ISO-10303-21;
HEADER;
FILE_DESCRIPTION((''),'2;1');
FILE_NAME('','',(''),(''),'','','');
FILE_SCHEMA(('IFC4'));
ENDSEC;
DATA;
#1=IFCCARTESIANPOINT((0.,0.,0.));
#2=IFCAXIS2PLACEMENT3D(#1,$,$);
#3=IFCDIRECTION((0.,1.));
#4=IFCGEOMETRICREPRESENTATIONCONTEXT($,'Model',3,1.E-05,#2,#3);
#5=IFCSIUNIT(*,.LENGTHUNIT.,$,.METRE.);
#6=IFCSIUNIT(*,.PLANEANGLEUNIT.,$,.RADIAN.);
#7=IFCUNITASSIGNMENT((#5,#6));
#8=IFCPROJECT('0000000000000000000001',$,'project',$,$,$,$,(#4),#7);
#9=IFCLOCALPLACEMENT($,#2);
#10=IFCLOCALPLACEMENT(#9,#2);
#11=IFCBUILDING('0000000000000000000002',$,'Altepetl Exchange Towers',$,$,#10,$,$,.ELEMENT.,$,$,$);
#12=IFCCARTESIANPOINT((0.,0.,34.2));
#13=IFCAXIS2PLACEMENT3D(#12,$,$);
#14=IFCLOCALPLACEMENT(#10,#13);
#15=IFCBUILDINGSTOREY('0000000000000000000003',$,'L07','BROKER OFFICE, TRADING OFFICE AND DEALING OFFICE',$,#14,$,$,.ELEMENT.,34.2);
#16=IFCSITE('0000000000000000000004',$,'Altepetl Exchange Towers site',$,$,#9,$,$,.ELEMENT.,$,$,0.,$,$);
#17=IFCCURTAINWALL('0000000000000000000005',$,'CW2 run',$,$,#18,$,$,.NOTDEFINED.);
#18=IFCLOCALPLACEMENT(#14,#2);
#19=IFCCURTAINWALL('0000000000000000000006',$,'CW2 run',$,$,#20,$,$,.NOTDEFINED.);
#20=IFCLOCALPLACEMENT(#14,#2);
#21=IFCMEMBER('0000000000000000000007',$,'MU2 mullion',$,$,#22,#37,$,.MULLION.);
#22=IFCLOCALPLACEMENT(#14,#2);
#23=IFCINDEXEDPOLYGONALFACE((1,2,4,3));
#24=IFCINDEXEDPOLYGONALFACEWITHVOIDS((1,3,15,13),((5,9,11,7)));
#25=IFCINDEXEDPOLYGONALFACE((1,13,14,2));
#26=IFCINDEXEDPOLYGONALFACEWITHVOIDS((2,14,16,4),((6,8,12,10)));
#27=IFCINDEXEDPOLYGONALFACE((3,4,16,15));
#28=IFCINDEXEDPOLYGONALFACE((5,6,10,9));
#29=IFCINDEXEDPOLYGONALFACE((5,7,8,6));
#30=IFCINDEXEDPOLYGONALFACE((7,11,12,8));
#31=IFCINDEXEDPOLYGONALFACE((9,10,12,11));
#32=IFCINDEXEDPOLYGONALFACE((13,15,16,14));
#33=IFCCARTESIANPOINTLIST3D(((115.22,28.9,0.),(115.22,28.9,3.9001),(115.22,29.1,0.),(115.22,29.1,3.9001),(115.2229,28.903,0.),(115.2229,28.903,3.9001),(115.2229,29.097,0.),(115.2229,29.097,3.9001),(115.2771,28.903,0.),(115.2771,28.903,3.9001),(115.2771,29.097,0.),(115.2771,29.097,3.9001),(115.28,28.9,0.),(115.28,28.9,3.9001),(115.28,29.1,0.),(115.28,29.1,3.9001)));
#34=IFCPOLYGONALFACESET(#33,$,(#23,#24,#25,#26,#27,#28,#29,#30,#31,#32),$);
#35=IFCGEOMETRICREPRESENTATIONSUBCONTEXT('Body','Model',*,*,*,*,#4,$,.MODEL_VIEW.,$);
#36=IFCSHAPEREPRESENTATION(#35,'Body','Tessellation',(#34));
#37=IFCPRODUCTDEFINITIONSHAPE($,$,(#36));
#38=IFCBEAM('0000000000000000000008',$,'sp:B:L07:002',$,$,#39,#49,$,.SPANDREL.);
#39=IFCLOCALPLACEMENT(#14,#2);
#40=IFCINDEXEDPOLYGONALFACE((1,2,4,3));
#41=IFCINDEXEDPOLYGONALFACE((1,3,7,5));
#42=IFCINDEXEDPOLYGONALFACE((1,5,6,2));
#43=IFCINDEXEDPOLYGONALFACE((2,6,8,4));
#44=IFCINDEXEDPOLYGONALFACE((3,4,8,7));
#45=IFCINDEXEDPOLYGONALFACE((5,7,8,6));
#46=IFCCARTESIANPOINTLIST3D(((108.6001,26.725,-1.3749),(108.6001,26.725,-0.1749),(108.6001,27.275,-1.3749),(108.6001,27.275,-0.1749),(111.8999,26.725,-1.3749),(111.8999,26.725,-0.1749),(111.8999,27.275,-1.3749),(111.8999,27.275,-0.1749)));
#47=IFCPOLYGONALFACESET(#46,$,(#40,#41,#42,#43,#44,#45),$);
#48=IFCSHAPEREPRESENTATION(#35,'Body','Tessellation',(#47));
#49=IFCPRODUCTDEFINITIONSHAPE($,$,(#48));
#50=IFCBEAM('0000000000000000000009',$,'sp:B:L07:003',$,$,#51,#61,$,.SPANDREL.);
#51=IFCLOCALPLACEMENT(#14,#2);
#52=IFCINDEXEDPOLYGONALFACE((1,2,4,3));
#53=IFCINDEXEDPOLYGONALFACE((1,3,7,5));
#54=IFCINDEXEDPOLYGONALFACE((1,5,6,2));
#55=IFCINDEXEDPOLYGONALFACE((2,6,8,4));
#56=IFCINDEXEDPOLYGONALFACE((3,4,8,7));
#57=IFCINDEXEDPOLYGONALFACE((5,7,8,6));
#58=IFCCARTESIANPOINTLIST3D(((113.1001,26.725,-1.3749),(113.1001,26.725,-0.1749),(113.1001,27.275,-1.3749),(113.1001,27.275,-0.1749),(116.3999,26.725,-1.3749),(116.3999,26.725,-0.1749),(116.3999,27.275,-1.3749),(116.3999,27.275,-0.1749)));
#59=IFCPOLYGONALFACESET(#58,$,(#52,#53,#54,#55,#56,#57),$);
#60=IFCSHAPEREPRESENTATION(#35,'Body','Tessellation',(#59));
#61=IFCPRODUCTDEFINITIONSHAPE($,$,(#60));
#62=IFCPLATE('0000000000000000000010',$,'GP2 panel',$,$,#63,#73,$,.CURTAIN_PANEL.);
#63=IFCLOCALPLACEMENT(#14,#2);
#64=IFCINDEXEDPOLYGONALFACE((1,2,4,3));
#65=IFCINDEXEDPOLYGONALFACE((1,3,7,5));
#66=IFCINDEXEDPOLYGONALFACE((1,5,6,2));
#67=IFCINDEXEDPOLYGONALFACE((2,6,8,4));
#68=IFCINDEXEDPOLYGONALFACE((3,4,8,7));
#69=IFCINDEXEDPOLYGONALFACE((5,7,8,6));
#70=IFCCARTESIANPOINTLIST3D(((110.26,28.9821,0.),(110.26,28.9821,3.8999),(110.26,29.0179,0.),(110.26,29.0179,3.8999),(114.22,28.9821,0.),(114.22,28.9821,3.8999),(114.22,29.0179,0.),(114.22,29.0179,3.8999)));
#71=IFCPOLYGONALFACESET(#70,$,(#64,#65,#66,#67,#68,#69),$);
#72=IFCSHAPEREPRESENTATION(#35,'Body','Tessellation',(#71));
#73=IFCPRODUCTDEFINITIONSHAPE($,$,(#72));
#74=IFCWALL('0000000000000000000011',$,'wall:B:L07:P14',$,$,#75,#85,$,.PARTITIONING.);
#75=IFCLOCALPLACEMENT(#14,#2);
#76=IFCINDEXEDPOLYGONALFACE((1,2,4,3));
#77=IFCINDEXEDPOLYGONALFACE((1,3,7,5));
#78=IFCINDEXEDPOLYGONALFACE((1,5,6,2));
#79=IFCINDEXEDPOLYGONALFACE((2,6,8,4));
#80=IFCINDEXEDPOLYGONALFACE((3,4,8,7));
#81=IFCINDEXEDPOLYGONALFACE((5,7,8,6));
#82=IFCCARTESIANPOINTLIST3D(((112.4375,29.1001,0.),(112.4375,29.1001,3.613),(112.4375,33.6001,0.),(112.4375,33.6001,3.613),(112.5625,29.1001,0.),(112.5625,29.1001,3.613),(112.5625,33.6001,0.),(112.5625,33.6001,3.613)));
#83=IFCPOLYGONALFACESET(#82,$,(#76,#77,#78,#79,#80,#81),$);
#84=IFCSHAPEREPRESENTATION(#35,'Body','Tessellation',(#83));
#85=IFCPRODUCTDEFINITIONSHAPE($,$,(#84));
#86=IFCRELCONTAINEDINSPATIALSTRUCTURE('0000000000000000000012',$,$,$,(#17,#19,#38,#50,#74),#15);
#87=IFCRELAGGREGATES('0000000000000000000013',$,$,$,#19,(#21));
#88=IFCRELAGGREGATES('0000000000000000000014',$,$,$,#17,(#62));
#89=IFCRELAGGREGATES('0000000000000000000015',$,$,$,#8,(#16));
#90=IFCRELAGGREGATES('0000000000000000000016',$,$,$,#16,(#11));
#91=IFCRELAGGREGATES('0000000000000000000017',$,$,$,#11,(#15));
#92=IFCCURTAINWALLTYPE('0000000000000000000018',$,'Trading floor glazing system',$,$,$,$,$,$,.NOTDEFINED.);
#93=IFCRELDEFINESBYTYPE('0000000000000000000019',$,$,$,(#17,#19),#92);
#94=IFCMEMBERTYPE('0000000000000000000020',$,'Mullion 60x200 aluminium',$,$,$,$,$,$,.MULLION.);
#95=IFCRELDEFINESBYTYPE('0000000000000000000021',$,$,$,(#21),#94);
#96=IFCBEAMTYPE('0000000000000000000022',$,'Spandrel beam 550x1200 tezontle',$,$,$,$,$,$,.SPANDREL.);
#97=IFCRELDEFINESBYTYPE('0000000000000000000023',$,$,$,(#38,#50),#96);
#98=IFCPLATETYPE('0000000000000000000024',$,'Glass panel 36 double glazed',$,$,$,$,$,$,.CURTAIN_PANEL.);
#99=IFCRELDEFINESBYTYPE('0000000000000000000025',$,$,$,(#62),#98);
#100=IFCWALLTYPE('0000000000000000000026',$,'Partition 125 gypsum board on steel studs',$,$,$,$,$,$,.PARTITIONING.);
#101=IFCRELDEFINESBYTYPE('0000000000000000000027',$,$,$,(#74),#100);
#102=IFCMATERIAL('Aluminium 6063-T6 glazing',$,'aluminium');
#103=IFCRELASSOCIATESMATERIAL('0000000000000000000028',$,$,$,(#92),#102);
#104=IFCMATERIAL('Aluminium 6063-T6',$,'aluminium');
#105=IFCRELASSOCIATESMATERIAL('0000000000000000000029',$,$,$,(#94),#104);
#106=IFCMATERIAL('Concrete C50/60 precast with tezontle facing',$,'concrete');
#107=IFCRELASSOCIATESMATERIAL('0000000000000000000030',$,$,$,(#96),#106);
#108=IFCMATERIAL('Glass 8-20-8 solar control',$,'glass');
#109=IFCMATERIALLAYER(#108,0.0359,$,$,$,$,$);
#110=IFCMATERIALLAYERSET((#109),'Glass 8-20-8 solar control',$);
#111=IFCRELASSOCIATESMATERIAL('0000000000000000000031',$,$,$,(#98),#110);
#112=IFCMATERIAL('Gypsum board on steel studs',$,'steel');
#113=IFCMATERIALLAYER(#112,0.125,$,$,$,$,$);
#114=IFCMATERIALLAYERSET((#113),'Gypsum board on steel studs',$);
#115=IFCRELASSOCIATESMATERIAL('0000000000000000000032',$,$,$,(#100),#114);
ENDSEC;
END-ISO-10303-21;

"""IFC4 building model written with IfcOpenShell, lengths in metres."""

from ifc_helpers import new_model, si_unit, direction, frame, frame_2d, origin, origin_2d, place, context, subcontext, project, spatial, rectangle, hollow_rectangle, extrude, material, layer, layer_set, material_profile, profile_set, type_object, element, aggregate, save


model = new_model("IFC4")

# Units and contexts
model_context = context("Model", 3, precision=1e-05, world=origin(), true_north=direction((0.0, 1.0)))
body_context = subcontext(model_context, "Body", "Model", "MODEL_VIEW")
ifc_project = project(units=[si_unit("LENGTHUNIT", "METRE"), si_unit("PLANEANGLEUNIT", "RADIAN")], contexts=[model_context])

# Site, building, storey
site_placement = place(None, origin())
site = spatial("IfcSite", under=ifc_project, at=site_placement, Name="Altepetl Exchange Towers site", CompositionType="ELEMENT", RefElevation=0.0)
building_placement = place(site_placement, origin())
building = spatial("IfcBuilding", under=site, at=building_placement, Name="Altepetl Exchange Towers", CompositionType="ELEMENT")
storey_placement = place(building_placement, frame((0.0, 0.0, 34.2)))
storey = spatial("IfcBuildingStorey", under=building, at=storey_placement, Name="L07", Description="BROKER OFFICE, TRADING OFFICE AND DEALING OFFICE", CompositionType="ELEMENT", Elevation=34.2)

# Shared definitions
ifc_material_1 = material(Name="Aluminium 6063-T6 glazing", Category="aluminium")
curtain_wall_type = type_object("IfcCurtainWallType", Name="Trading floor glazing system", PredefinedType="NOTDEFINED", material=ifc_material_1)
ifc_material_2 = material(Name="Aluminium 6063-T6", Category="aluminium")
ifc_material_profile_1 = material_profile(ifc_material_2, hollow_rectangle(XDim=0.0601, YDim=0.2, WallThickness=0.0029, at=origin_2d()), Name="Mullion 60x200 aluminium")
ifc_profile_set_1 = profile_set([ifc_material_profile_1], Name="Aluminium 6063-T6")
member_type = type_object("IfcMemberType", Name="Mullion 60x200 aluminium", PredefinedType="MULLION", material=ifc_profile_set_1)

# Curtain wall
curtain_wall_1_placement = place(storey_placement, origin())
curtain_wall_1 = element("IfcCurtainWall", 1, at=curtain_wall_1_placement, inside=storey, type_object=curtain_wall_type, Name="CW2 run", PredefinedType="NOTDEFINED")

# Curtain wall, member
curtain_wall_2_placement = place(storey_placement, origin())
curtain_wall_2 = element("IfcCurtainWall", 2, at=curtain_wall_2_placement, inside=storey, type_object=curtain_wall_type, Name="CW2 run", PredefinedType="NOTDEFINED")
member_1_placement = place(storey_placement, frame((115.25, 29.0, 0.0)))
member_1 = element("IfcMember", 3, at=member_1_placement, type_object=member_type, Name="MU2 mullion", PredefinedType="MULLION", context=body_context, shape_type="SweptSolid", body=[
    extrude(hollow_rectangle(XDim=0.0601, YDim=0.2, WallThickness=0.0029, at=origin_2d()), origin(), (0.0, 0.0, 1.0), 3.9001),
])
aggregate(curtain_wall_2, [member_1])

# Beams
ifc_material_3 = material(Name="Concrete C50/60 precast with tezontle facing", Category="concrete")
ifc_material_profile_2 = material_profile(ifc_material_3, rectangle(XDim=0.55, YDim=1.2, at=origin_2d()), Name="550 x 1200")
ifc_profile_set_2 = profile_set([ifc_material_profile_2], Name="Concrete C50/60 precast with tezontle facing")
beam_type_1 = type_object("IfcBeamType", Name="Spandrel beam 550x1200 tezontle", PredefinedType="SPANDREL", material=ifc_profile_set_2)
for number, where, z_axis, x_axis, name in (
    (4, (108.6001, 27.0, -0.7749), (1.0, 0.0, 0.0), (0.0, 1.0, 0.0), "sp:B:L07:002"),
    (5, (113.1001, 27.0, -0.7749), (1.0, 0.0, 0.0), (0.0, 1.0, 0.0), "sp:B:L07:003"),
):
    element("IfcBeam", number, at=place(storey_placement, frame(where, z_axis=z_axis, x_axis=x_axis)), inside=storey, type_object=beam_type_1, Name=name, PredefinedType="SPANDREL", context=body_context, shape_type="SweptSolid", body=[
        extrude(rectangle(XDim=0.55, YDim=1.2, at=origin_2d()), origin(), (0.0, 0.0, 1.0), 3.2998),
    ])

# Plate
ifc_material_4 = material(Name="Glass 8-20-8 solar control", Category="glass")
ifc_layer_1 = layer(ifc_material_4, 0.0359)
ifc_layer_set_1 = layer_set([ifc_layer_1], Name="Glass 8-20-8 solar control")
plate_type = type_object("IfcPlateType", Name="Glass panel 36 double glazed", PredefinedType="CURTAIN_PANEL", material=ifc_layer_set_1)
plate_placement = place(storey_placement, frame((112.24, 29.0, 0.0)))
plate = element("IfcPlate", 6, at=plate_placement, type_object=plate_type, Name="GP2 panel", PredefinedType="CURTAIN_PANEL", context=body_context, shape_type="SweptSolid", body=[
    extrude(rectangle(XDim=3.96, YDim=0.0359, at=origin_2d()), origin(), (0.0, 0.0, 1.0), 3.8999),
])
aggregate(curtain_wall_1, [plate])

# Wall
ifc_material_5 = material(Name="Gypsum board on steel studs", Category="steel")
ifc_layer_2 = layer(ifc_material_5, 0.125)
ifc_layer_set_2 = layer_set([ifc_layer_2], Name="Gypsum board on steel studs")
wall_type_1 = type_object("IfcWallType", Name="Partition 125 gypsum board on steel studs", PredefinedType="PARTITIONING", material=ifc_layer_set_2)
wall_1_placement = place(storey_placement, frame((112.5, 29.1001, 0.0), z_axis=(0.0, 0.0, 1.0), x_axis=(0.0, 1.0, 0.0)))
element("IfcWall", 7, at=wall_1_placement, inside=storey, type_object=wall_type_1, Name="wall:B:L07:P14", PredefinedType="PARTITIONING", context=body_context, shape_type="SweptSolid", body=[
    extrude(rectangle(XDim=4.5, YDim=0.125, at=frame_2d((2.25, 0.0))), origin(), (0.0, 0.0, 1.0), 3.613),
])

save(model, "model.ifc")
